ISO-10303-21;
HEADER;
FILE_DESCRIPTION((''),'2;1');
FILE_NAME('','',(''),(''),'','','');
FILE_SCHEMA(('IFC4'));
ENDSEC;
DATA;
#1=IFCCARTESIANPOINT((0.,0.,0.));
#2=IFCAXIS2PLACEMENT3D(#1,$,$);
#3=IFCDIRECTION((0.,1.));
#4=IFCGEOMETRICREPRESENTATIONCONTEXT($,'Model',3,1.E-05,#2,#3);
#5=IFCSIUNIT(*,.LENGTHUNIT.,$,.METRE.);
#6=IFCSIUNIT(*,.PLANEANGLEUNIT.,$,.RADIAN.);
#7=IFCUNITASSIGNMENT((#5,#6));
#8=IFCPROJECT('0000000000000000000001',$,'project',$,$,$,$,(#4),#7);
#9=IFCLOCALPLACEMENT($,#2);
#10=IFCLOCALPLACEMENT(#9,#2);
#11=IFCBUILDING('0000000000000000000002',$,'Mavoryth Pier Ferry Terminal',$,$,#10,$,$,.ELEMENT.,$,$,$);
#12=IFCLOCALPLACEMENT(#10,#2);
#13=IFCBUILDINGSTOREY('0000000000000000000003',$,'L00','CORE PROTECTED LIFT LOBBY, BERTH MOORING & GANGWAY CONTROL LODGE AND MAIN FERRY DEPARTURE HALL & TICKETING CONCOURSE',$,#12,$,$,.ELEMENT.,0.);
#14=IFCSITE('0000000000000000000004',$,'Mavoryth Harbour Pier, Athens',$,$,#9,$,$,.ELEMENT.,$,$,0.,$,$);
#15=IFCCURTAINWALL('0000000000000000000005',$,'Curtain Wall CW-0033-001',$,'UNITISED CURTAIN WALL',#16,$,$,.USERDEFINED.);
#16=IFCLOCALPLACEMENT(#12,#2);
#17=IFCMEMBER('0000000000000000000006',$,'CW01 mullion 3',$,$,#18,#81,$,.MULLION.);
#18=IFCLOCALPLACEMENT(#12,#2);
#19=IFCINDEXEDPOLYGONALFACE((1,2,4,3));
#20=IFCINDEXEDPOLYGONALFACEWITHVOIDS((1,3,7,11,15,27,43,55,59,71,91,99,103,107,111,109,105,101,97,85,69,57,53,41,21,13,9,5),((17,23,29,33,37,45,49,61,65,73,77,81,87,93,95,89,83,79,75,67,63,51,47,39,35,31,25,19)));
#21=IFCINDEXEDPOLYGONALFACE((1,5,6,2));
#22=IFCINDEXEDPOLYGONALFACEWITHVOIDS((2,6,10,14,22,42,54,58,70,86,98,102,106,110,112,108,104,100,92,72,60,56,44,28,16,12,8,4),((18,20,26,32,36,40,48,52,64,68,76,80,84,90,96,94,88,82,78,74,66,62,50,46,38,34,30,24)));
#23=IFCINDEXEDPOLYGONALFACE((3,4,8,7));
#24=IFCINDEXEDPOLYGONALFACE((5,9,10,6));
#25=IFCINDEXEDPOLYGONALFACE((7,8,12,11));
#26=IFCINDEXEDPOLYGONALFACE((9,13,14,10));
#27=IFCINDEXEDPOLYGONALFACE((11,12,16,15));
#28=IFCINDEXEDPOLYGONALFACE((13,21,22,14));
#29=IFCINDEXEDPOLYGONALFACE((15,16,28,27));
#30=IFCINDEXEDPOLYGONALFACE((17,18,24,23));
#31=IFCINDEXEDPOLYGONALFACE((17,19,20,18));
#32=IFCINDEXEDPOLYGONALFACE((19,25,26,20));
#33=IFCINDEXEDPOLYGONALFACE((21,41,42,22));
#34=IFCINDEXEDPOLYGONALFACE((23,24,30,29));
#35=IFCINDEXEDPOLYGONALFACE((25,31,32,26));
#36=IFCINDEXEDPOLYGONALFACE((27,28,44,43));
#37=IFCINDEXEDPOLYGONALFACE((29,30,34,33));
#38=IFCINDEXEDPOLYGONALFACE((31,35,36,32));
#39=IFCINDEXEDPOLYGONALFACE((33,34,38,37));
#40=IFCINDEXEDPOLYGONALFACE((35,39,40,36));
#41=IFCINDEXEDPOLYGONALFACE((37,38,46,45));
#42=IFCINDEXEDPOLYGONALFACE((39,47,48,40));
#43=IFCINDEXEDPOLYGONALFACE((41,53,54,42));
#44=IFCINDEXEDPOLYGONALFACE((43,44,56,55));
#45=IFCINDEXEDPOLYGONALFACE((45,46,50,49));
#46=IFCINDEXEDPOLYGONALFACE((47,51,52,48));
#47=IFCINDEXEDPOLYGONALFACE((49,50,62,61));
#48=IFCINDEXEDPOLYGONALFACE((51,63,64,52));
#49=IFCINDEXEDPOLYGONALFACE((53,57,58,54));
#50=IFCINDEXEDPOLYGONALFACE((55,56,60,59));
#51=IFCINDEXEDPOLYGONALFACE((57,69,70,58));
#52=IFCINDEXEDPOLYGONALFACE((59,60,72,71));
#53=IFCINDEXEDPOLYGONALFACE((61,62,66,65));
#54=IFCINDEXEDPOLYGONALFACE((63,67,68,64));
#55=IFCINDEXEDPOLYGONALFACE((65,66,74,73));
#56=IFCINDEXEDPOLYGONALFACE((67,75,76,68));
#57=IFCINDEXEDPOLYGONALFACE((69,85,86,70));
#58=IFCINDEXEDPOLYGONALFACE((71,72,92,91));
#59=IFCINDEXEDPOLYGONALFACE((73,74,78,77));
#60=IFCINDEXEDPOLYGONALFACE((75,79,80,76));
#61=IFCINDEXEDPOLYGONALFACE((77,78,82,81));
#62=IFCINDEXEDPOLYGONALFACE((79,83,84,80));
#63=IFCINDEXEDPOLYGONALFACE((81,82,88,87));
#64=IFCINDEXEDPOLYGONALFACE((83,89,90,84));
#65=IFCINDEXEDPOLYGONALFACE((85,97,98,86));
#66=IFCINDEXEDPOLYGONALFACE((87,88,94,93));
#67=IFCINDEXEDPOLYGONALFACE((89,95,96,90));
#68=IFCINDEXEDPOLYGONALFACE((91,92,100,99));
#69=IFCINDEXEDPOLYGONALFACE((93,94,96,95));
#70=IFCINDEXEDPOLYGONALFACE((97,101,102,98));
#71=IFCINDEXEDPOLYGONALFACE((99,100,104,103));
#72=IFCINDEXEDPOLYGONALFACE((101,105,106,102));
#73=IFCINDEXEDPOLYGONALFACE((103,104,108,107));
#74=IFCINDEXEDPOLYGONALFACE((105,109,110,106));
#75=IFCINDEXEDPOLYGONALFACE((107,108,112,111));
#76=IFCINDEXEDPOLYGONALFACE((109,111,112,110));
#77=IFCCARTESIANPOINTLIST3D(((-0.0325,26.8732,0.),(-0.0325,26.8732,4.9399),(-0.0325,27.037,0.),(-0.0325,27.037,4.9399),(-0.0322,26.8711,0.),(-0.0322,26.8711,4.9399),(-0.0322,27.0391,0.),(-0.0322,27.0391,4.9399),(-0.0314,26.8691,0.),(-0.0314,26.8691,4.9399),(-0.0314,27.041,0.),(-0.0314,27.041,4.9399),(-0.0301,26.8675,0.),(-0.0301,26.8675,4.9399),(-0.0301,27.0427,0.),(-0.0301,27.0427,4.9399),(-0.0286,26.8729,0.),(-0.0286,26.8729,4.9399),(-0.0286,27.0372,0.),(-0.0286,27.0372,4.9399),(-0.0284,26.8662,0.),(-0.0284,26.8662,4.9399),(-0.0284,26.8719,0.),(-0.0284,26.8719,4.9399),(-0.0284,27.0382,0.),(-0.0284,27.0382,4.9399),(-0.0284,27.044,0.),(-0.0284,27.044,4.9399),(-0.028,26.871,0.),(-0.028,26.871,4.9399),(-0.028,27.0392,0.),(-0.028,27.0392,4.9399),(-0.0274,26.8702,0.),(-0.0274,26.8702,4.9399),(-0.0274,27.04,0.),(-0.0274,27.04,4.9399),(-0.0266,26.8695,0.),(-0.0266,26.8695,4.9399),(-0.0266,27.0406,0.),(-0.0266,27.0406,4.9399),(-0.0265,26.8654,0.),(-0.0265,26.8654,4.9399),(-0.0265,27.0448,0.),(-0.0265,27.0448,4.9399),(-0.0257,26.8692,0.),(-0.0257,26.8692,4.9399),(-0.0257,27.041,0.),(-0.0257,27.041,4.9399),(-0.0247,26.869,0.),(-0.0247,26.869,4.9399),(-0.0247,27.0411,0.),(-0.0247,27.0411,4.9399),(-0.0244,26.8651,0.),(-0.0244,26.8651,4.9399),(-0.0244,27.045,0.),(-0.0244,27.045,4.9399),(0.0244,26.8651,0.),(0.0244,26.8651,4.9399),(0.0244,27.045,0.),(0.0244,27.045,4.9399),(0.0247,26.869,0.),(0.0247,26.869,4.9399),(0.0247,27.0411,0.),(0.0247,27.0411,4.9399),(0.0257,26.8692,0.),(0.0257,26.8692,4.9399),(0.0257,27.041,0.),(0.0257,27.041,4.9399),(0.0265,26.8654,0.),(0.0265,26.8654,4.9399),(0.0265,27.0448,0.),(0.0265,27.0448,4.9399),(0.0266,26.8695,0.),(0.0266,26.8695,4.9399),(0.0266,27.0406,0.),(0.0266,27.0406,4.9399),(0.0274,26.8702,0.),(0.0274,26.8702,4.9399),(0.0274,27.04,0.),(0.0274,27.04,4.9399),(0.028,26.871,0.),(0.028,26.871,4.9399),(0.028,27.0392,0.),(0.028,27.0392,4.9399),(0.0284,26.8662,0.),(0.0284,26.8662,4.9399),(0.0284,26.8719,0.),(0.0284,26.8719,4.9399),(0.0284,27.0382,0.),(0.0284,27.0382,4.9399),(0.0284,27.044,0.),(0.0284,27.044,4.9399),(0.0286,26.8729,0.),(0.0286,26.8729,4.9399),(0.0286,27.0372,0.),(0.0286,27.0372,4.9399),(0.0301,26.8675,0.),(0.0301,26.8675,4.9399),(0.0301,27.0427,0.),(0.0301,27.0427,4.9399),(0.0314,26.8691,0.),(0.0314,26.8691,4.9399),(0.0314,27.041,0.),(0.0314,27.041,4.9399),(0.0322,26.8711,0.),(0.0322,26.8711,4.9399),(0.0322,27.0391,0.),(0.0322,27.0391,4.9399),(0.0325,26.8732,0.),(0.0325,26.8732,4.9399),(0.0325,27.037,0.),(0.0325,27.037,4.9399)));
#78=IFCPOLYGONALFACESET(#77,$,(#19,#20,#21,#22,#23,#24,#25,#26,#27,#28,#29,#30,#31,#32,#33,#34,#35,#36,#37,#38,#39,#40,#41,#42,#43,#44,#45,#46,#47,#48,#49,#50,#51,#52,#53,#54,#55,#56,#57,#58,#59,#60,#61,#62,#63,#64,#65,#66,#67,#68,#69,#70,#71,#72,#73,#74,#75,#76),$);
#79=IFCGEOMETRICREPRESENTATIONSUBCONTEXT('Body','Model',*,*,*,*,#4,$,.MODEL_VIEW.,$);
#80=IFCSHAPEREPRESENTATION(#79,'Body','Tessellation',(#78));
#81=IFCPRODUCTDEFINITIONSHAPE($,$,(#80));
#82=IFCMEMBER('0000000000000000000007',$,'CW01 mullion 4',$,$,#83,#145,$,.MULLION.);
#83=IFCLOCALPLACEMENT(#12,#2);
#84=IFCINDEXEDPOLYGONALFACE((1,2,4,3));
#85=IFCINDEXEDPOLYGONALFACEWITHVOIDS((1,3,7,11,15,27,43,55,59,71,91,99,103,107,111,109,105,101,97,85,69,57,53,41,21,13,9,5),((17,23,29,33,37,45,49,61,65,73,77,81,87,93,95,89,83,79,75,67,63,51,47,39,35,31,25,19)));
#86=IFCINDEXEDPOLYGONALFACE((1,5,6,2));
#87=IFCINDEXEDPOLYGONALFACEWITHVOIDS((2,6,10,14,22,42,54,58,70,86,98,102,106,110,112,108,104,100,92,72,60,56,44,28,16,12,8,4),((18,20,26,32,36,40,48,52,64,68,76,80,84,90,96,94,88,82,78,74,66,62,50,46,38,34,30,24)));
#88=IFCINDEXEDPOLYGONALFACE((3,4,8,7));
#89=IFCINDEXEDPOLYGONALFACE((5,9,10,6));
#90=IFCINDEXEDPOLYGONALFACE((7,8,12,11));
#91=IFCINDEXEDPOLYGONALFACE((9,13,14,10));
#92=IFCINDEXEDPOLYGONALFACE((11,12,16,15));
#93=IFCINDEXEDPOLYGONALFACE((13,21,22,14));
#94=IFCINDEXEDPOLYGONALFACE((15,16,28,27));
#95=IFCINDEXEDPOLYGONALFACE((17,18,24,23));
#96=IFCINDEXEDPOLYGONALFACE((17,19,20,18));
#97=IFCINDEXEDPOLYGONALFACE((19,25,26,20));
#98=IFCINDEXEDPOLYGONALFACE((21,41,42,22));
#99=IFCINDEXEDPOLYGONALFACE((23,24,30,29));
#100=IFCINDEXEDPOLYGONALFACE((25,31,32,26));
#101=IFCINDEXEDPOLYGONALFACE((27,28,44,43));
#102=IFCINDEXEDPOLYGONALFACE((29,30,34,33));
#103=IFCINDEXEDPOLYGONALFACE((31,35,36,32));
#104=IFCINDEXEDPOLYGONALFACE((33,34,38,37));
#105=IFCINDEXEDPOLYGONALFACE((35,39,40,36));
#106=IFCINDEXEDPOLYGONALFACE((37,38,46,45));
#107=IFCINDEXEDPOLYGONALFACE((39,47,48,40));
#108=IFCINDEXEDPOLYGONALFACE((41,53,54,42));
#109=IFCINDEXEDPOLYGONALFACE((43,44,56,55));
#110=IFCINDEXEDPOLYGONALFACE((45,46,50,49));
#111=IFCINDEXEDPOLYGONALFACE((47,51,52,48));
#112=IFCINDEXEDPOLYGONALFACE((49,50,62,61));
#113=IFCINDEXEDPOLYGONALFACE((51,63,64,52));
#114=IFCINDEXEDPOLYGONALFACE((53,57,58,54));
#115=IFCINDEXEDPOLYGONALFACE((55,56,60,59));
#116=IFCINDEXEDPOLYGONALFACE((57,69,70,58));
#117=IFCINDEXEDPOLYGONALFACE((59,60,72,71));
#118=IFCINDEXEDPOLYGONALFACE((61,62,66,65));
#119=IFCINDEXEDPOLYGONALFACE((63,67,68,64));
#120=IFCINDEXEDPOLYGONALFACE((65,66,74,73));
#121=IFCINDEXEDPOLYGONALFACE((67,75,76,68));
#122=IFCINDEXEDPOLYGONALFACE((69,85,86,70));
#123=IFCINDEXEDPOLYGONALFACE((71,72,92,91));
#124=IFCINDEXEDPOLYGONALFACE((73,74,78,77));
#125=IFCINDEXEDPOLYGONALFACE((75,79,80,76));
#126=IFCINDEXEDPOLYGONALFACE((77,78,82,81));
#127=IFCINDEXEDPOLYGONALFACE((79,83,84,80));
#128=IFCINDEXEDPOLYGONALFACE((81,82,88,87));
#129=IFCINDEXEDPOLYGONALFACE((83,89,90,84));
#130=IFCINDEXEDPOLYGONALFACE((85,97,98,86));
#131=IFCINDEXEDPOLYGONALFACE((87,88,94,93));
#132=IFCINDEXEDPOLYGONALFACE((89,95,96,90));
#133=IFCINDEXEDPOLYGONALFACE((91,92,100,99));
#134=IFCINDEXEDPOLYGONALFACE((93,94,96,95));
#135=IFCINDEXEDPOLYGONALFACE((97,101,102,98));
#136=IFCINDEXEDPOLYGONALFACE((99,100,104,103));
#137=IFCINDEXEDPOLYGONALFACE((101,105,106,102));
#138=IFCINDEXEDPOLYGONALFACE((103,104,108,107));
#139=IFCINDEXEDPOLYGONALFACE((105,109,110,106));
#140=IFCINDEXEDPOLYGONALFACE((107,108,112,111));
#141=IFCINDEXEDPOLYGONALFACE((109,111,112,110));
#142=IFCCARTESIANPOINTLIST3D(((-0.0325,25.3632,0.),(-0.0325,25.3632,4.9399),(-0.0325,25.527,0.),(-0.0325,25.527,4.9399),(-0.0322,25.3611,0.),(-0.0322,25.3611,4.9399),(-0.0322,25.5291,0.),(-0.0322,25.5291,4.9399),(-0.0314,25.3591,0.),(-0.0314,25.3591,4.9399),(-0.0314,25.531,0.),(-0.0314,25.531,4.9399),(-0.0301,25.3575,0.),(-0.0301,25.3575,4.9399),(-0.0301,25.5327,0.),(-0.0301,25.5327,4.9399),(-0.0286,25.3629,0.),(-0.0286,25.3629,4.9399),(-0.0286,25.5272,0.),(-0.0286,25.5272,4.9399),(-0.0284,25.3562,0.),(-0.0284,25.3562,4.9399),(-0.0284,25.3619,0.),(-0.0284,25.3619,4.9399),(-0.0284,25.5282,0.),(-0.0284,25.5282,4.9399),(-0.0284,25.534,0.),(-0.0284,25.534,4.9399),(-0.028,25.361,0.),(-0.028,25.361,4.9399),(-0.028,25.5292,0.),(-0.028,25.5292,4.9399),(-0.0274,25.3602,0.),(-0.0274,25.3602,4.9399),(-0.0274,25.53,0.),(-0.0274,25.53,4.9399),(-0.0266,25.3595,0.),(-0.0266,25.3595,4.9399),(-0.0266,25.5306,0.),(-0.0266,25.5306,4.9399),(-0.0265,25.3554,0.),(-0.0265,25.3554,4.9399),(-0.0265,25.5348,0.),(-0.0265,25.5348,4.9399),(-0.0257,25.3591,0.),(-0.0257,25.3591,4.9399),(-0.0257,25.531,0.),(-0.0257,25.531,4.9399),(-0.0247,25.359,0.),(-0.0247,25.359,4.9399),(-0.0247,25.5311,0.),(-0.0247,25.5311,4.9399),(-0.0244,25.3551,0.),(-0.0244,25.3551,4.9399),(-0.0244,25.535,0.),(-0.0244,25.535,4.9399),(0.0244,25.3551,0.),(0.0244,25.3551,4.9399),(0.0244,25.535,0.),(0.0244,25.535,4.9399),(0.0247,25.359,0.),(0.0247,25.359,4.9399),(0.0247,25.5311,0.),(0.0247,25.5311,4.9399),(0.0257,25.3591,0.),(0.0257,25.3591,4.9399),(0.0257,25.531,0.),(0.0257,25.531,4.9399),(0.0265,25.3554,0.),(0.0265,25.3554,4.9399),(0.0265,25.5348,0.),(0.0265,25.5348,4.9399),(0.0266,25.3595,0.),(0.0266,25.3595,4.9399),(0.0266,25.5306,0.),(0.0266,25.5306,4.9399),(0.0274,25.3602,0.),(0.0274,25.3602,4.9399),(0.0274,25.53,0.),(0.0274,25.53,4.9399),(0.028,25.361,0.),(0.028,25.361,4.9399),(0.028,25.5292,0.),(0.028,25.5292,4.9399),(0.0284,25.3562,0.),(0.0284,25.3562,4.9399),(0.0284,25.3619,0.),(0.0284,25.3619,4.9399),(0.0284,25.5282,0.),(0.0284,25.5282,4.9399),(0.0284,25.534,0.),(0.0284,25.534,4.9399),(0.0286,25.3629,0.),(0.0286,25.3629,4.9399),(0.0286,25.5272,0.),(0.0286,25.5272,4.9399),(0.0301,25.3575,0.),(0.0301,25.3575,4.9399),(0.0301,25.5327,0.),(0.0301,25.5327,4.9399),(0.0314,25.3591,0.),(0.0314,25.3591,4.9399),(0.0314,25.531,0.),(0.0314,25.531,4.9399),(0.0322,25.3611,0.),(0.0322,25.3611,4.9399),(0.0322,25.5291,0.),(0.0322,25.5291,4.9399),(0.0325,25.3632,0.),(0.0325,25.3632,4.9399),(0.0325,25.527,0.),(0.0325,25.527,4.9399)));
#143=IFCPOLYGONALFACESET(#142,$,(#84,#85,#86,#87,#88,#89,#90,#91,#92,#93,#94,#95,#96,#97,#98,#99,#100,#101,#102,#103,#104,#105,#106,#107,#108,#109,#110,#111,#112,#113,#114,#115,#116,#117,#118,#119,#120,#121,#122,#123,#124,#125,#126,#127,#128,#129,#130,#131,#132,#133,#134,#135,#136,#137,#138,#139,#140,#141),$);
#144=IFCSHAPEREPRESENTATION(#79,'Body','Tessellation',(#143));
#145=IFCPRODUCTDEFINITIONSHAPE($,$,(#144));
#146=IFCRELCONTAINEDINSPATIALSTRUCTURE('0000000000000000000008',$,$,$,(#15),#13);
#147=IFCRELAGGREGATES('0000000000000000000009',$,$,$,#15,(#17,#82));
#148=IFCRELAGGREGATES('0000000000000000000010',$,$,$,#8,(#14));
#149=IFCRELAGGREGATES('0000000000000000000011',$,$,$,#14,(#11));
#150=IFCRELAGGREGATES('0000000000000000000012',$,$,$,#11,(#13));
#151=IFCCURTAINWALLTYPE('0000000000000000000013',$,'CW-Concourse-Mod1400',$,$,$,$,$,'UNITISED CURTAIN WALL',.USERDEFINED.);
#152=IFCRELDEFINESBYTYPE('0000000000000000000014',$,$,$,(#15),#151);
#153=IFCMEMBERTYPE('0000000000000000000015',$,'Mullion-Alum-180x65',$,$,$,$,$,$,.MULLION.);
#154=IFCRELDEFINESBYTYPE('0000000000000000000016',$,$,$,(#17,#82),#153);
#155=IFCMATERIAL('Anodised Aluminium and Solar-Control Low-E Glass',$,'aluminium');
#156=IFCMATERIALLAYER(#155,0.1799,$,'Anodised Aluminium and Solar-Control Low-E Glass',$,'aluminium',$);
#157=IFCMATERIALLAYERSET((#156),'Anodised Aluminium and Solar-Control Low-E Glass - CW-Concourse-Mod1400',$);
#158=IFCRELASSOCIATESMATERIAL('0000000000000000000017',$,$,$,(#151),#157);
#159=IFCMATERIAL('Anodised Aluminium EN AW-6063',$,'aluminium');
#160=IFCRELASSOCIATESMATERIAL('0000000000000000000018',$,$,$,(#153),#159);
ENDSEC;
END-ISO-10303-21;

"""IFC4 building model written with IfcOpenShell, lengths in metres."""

from ifc_helpers import new_model, si_unit, direction, frame, origin, origin_2d, place, context, subcontext, project, spatial, hollow_rectangle, extrude, material, layer, layer_set, material_profile, profile_set, type_object, element, aggregate, save


model = new_model("IFC4")

# Units and contexts
model_context = context("Model", 3, precision=1e-05, world=origin(), true_north=direction((0.0, 1.0)))
body_context = subcontext(model_context, "Body", "Model", "MODEL_VIEW")
ifc_project = project(units=[si_unit("LENGTHUNIT", "METRE"), si_unit("PLANEANGLEUNIT", "RADIAN")], contexts=[model_context])

# Site, building, storey
site_placement = place(None, origin())
site = spatial("IfcSite", under=ifc_project, at=site_placement, Name="Mavoryth Harbour Pier, Athens", CompositionType="ELEMENT", RefElevation=0.0)
building_placement = place(site_placement, origin())
building = spatial("IfcBuilding", under=site, at=building_placement, Name="Mavoryth Pier Ferry Terminal", CompositionType="ELEMENT")
storey_placement = place(building_placement, origin())
storey = spatial("IfcBuildingStorey", under=building, at=storey_placement, Name="L00", Description="CORE PROTECTED LIFT LOBBY, BERTH MOORING & GANGWAY CONTROL LODGE AND MAIN FERRY DEPARTURE HALL & TICKETING CONCOURSE", CompositionType="ELEMENT", Elevation=0.0)

# Curtain wall, members
ifc_material_1 = material(Name="Anodised Aluminium and Solar-Control Low-E Glass", Category="aluminium")
ifc_layer_1 = layer(ifc_material_1, 0.1799, Name="Anodised Aluminium and Solar-Control Low-E Glass", Category="aluminium")
ifc_layer_set_1 = layer_set([ifc_layer_1], Name="Anodised Aluminium and Solar-Control Low-E Glass - CW-Concourse-Mod1400")
curtain_wall_type = type_object("IfcCurtainWallType", Name="CW-Concourse-Mod1400", ElementType="UNITISED CURTAIN WALL", PredefinedType="USERDEFINED", material=ifc_layer_set_1)
curtain_wall_placement = place(storey_placement, origin())
curtain_wall = element("IfcCurtainWall", 1, at=curtain_wall_placement, inside=storey, type_object=curtain_wall_type, Name="Curtain Wall CW-0033-001", ObjectType="UNITISED CURTAIN WALL", PredefinedType="USERDEFINED")
ifc_material_2 = material(Name="Anodised Aluminium EN AW-6063", Category="aluminium")
ifc_material_profile_1 = material_profile(ifc_material_2, hollow_rectangle(XDim=0.0649, YDim=0.1799, WallThickness=0.0039, InnerFilletRadius=0.0039, OuterFilletRadius=0.0081, at=origin_2d()), Name="AL-MULL 180x65x4", Category="aluminium")
ifc_profile_set_1 = profile_set([ifc_material_profile_1], Name="Anodised Aluminium EN AW-6063 - AL-MULL 180x65x4")
member_type_1 = type_object("IfcMemberType", Name="Mullion-Alum-180x65", PredefinedType="MULLION", material=ifc_profile_set_1)
member_1_placement = place(storey_placement, frame((0.0, 26.9551, 0.0), z_axis=(0.0, 0.0, 1.0), x_axis=(1.0, 0.0, 0.0)))
member_1 = element("IfcMember", 2, at=member_1_placement, type_object=member_type_1, Name="CW01 mullion 3", PredefinedType="MULLION", context=body_context, shape_type="SweptSolid", body=[
    extrude(hollow_rectangle(XDim=0.0649, YDim=0.1799, WallThickness=0.0039, InnerFilletRadius=0.0039, OuterFilletRadius=0.0081, at=origin_2d()), origin(), (0.0, 0.0, 1.0), 4.9399),
])
member_2_placement = place(storey_placement, frame((0.0, 25.4451, 0.0), z_axis=(0.0, 0.0, 1.0), x_axis=(1.0, 0.0, 0.0)))
member_2 = element("IfcMember", 3, at=member_2_placement, type_object=member_type_1, Name="CW01 mullion 4", PredefinedType="MULLION", context=body_context, shape_type="SweptSolid", body=[
    extrude(hollow_rectangle(XDim=0.0649, YDim=0.1799, WallThickness=0.0039, InnerFilletRadius=0.0039, OuterFilletRadius=0.0081, at=origin_2d()), origin(), (0.0, 0.0, 1.0), 4.9399),
])
aggregate(curtain_wall, [member_1, member_2])

save(model, "model.ifc")
